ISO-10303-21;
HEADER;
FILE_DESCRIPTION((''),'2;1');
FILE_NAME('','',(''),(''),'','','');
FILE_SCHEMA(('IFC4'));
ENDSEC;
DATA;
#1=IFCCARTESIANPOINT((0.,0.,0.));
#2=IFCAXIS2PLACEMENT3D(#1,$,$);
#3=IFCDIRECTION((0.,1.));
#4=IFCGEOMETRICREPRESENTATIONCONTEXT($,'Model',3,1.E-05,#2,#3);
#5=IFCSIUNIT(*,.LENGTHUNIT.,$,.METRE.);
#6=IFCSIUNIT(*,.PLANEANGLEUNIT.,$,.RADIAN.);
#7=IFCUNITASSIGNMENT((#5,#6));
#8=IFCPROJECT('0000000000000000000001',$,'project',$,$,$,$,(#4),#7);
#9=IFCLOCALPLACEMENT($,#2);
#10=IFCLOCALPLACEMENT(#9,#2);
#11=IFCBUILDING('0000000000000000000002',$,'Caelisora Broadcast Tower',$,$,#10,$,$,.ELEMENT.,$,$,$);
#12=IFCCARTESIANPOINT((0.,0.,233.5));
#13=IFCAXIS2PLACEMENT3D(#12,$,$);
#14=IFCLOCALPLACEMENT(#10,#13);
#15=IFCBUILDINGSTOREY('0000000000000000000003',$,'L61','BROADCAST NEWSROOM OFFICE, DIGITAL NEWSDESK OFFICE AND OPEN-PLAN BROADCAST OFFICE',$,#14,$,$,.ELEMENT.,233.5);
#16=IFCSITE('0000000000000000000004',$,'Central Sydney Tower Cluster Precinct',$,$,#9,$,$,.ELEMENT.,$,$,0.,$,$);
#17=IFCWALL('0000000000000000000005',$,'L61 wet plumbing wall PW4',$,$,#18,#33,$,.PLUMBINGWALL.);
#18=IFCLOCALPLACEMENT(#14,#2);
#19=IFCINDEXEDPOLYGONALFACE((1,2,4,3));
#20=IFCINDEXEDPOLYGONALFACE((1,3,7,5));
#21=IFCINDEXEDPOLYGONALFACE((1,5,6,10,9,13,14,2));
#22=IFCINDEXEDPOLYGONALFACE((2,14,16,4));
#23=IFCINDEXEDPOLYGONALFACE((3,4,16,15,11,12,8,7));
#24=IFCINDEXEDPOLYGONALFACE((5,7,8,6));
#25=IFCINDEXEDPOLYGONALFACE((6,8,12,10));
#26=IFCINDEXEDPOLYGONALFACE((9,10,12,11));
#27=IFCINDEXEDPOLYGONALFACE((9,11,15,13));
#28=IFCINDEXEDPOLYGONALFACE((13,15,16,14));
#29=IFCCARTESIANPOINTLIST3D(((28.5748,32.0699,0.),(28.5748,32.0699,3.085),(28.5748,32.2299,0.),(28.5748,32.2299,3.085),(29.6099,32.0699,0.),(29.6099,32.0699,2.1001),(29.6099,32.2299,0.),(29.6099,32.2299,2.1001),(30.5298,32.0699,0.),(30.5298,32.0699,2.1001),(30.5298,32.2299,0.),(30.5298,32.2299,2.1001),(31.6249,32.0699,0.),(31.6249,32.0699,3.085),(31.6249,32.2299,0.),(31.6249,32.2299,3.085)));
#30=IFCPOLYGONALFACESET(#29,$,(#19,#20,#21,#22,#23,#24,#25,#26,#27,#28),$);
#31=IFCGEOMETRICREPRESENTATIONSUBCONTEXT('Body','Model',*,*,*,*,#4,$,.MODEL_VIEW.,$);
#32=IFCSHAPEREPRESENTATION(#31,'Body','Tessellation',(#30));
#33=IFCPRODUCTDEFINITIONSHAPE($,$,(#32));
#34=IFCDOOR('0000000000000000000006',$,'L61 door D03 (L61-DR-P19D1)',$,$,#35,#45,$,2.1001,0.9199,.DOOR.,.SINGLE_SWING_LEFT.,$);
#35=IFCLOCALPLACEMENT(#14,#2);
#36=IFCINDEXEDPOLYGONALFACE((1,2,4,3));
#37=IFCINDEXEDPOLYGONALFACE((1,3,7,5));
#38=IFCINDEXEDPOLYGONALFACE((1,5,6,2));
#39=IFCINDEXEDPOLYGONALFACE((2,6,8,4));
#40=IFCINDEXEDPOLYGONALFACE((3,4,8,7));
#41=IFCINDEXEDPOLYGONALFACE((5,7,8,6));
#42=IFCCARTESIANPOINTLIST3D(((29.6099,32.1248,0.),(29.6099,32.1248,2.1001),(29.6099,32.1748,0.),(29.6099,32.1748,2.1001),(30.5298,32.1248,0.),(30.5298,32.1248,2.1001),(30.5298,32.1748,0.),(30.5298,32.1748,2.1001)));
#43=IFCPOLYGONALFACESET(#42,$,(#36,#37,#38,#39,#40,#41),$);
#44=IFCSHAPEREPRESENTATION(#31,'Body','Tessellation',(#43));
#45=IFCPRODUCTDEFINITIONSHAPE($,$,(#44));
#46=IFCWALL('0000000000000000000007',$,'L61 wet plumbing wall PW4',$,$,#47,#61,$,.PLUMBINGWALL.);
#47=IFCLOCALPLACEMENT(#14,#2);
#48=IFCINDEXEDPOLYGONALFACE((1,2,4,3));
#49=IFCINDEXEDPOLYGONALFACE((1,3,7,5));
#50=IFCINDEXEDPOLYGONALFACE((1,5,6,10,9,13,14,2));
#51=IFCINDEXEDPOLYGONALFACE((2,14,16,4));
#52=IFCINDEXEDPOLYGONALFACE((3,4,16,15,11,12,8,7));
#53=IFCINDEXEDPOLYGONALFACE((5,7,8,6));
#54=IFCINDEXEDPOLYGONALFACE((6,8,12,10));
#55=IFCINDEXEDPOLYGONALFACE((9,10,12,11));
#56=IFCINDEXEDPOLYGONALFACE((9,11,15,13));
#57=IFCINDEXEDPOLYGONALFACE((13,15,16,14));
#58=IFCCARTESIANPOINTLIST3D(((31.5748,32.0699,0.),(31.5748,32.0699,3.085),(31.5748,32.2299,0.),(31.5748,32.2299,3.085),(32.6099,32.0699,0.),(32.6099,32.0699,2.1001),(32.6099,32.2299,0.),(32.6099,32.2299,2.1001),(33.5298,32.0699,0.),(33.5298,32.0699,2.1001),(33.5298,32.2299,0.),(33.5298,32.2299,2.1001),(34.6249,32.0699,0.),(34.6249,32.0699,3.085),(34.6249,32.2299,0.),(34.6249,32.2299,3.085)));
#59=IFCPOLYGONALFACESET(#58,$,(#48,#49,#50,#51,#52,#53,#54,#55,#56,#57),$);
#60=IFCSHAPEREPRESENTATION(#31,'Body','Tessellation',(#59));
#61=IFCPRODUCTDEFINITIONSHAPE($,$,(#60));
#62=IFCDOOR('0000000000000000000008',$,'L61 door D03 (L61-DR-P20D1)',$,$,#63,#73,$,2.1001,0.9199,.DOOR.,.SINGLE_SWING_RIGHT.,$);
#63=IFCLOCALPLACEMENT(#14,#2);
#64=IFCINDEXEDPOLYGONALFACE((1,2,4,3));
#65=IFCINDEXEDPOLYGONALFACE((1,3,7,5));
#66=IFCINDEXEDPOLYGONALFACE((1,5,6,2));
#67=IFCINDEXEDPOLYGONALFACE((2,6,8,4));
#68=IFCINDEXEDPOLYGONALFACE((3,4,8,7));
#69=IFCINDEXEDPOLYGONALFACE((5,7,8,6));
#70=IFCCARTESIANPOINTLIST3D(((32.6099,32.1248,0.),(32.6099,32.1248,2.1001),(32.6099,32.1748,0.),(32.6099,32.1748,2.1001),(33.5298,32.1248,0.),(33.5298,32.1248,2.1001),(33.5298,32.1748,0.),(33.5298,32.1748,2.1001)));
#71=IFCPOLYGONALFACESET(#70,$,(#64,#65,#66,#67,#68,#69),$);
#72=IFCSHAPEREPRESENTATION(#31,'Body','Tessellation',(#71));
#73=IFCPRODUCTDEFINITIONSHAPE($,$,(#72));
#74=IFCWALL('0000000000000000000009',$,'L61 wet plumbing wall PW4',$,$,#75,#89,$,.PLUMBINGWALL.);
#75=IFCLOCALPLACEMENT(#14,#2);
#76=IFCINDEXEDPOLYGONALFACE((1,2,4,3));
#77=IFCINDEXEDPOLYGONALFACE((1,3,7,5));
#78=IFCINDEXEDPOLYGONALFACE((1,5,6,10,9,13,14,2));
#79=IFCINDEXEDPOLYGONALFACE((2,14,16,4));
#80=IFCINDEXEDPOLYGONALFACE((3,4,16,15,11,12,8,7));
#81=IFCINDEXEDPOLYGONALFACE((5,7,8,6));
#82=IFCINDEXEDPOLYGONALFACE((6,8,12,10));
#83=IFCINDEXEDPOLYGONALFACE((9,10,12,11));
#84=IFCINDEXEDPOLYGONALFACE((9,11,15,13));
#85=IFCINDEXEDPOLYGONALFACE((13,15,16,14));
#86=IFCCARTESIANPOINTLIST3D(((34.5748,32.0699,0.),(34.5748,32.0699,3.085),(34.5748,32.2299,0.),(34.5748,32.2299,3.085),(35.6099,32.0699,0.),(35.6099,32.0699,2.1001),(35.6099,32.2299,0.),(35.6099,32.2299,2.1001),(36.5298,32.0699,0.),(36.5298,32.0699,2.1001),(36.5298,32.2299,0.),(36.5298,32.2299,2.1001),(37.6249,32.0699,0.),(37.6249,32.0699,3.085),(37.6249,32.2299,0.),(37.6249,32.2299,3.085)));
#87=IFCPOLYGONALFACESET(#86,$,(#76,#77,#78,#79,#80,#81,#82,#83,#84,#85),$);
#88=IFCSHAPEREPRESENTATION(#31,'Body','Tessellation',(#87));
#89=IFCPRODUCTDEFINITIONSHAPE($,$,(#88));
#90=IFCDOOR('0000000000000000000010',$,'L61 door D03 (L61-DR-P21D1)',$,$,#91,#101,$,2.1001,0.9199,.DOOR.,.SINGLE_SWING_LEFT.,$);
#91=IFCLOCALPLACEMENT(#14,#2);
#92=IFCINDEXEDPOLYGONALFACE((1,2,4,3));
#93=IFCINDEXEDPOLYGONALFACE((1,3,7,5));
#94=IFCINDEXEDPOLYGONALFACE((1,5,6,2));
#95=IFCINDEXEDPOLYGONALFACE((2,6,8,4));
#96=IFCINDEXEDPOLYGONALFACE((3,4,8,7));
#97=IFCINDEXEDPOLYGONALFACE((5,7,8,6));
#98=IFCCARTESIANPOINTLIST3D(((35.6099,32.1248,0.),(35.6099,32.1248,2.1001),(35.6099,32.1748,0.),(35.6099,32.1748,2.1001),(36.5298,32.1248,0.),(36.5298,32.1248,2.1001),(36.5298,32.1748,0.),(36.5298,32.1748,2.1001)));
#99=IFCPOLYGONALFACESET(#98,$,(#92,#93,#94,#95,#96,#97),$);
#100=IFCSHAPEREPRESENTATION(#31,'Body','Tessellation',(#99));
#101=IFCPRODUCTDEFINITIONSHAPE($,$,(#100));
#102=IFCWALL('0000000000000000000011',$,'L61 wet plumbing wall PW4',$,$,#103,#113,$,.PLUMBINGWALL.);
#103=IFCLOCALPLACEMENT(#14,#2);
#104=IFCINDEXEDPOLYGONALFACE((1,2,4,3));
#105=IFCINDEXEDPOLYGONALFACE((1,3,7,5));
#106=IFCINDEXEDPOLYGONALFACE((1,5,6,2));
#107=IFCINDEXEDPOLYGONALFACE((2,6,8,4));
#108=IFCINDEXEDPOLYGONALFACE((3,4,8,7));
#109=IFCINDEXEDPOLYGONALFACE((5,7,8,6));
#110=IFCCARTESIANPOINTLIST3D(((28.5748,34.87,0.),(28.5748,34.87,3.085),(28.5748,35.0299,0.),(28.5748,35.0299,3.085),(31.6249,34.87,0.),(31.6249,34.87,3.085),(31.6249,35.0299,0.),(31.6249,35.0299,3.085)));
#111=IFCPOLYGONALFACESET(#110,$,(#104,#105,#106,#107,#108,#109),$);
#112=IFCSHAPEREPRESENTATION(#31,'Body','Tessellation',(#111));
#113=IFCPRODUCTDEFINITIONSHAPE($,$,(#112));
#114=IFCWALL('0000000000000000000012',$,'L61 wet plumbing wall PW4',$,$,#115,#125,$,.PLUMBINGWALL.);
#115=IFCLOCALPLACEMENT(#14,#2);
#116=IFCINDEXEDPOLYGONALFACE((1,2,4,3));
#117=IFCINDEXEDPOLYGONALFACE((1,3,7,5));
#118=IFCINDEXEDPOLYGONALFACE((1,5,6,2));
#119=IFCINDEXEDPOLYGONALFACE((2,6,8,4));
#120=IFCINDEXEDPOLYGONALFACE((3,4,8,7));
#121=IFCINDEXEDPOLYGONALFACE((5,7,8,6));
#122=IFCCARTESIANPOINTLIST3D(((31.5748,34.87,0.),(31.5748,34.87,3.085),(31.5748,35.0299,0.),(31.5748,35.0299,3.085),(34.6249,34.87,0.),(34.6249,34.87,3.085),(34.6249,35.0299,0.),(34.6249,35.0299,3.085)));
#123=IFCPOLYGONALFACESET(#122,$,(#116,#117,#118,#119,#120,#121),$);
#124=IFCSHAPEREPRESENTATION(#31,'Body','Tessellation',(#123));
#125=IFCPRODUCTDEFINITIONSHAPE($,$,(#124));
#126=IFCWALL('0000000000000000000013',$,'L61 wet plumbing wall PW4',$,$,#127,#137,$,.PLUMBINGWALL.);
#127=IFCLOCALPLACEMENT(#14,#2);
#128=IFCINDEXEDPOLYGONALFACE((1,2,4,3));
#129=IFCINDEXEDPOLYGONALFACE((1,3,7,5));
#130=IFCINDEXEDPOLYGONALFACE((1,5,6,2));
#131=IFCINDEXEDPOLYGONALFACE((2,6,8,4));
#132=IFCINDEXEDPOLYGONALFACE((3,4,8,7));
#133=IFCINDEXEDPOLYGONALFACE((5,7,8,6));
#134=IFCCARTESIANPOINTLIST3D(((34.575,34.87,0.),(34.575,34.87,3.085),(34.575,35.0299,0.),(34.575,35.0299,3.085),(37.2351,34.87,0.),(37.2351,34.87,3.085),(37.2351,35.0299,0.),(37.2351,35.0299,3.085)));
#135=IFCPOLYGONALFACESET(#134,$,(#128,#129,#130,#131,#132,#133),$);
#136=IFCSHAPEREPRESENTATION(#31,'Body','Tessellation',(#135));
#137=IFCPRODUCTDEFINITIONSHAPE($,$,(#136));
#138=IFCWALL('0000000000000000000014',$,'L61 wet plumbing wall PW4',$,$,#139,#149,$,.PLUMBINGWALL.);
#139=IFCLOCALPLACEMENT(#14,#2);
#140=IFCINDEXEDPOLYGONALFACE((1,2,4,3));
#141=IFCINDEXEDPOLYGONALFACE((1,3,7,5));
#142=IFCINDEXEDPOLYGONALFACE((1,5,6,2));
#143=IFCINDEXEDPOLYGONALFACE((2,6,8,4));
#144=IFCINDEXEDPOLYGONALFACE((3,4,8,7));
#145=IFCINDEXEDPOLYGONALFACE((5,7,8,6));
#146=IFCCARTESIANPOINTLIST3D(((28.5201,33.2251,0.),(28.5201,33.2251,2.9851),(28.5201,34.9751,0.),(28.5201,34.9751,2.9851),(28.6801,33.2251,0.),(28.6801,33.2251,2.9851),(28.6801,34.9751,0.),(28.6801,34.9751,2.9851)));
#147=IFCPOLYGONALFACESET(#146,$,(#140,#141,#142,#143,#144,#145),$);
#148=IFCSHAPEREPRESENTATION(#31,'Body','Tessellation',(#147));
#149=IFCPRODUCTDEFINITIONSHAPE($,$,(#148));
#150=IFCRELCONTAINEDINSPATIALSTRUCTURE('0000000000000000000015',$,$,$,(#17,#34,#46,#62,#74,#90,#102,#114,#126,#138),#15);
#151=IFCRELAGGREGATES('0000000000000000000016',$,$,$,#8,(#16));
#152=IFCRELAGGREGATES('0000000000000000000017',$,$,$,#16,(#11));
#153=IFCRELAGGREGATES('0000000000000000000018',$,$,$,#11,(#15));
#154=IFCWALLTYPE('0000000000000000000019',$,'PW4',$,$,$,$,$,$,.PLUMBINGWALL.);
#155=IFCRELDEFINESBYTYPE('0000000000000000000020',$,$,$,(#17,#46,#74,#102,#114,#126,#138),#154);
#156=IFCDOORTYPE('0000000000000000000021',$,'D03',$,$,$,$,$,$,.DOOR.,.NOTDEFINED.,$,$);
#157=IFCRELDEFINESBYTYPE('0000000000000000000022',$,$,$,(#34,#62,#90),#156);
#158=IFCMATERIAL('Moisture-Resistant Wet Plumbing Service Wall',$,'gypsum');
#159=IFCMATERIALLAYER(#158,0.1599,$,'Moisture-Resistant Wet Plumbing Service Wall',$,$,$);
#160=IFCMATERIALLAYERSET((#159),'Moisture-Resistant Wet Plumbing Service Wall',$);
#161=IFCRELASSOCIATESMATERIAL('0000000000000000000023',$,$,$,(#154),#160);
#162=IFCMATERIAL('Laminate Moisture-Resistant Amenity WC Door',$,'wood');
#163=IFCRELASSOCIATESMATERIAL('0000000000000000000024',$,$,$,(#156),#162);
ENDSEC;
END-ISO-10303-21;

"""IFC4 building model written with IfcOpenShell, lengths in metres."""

from ifc_helpers import new_model, si_unit, direction, frame, frame_2d, origin, place, context, subcontext, project, spatial, rectangle, extrude, material, layer, layer_set, type_object, element, fill, save


model = new_model("IFC4")

# Units and contexts
model_context = context("Model", 3, precision=1e-05, world=origin(), true_north=direction((0.0, 1.0)))
body_context = subcontext(model_context, "Body", "Model", "MODEL_VIEW")
ifc_project = project(units=[si_unit("LENGTHUNIT", "METRE"), si_unit("PLANEANGLEUNIT", "RADIAN")], contexts=[model_context])

# Site, building, storey
site_placement = place(None, origin())
site = spatial("IfcSite", under=ifc_project, at=site_placement, Name="Central Sydney Tower Cluster Precinct", CompositionType="ELEMENT", RefElevation=0.0)
building_placement = place(site_placement, origin())
building = spatial("IfcBuilding", under=site, at=building_placement, Name="Caelisora Broadcast Tower", CompositionType="ELEMENT")
storey_placement = place(building_placement, frame((0.0, 0.0, 233.5)))
storey = spatial("IfcBuildingStorey", under=building, at=storey_placement, Name="L61", Description="BROADCAST NEWSROOM OFFICE, DIGITAL NEWSDESK OFFICE AND OPEN-PLAN BROADCAST OFFICE", CompositionType="ELEMENT", Elevation=233.5)

# Walls, openings, doors
ifc_material_1 = material(Name="Moisture-Resistant Wet Plumbing Service Wall", Category="gypsum")
ifc_layer_1 = layer(ifc_material_1, 0.1599, Name="Moisture-Resistant Wet Plumbing Service Wall")
ifc_layer_set_1 = layer_set([ifc_layer_1], Name="Moisture-Resistant Wet Plumbing Service Wall")
wall_type_1 = type_object("IfcWallType", Name="PW4", PredefinedType="PLUMBINGWALL", material=ifc_layer_set_1)
wall_1_placement = place(storey_placement, frame((28.575, 32.1499, 0.0), z_axis=(0.0, 0.0, 1.0), x_axis=(1.0, 0.0, 0.0)))
wall_1 = element("IfcWall", 1, at=wall_1_placement, inside=storey, type_object=wall_type_1, Name="L61 wet plumbing wall PW4", PredefinedType="PLUMBINGWALL", context=body_context, shape_type="SweptSolid", body=[
    extrude(rectangle(XDim=3.05, YDim=0.1599, at=frame_2d((1.5249, 0.0))), origin(), (0.0, 0.0, 1.0), 3.085),
])
opening_1_placement = place(wall_1_placement, frame((1.0349, 0.0, 0.0)))
opening_1 = element("IfcOpeningElement", 2, at=opening_1_placement, cuts=wall_1, PredefinedType="OPENING", context=body_context, shape_type="SweptSolid", body=[
    extrude(rectangle(XDim=0.9199, YDim=2.1001, at=frame_2d((0.46, 1.05))), frame((0.0, 0.092, 0.0), z_axis=(0.0, -1.0, 0.0), x_axis=(1.0, 0.0, 0.0)), (0.0, 0.0, 1.0), 0.1838),
])
ifc_material_2 = material(Name="Laminate Moisture-Resistant Amenity WC Door", Category="wood")
door_type_1 = type_object("IfcDoorType", Name="D03", OperationType="NOTDEFINED", PredefinedType="DOOR", material=ifc_material_2)
door_1_placement = place(opening_1_placement, origin())
door_1 = element("IfcDoor", 3, at=door_1_placement, inside=storey, type_object=door_type_1, Name="L61 door D03 (L61-DR-P19D1)", OperationType="SINGLE_SWING_LEFT", OverallHeight=2.1001, OverallWidth=0.9199, PredefinedType="DOOR", context=body_context, shape_type="SweptSolid", body=[
    extrude(rectangle(XDim=0.9199, YDim=2.1001, at=frame_2d((0.46, 1.05))), frame((0.0, 0.0249, 0.0), z_axis=(0.0, -1.0, 0.0), x_axis=(1.0, 0.0, 0.0)), (0.0, 0.0, 1.0), 0.05),
])
fill(opening_1, door_1)
wall_2_placement = place(storey_placement, frame((31.575, 32.1499, 0.0), z_axis=(0.0, 0.0, 1.0), x_axis=(1.0, 0.0, 0.0)))
wall_2 = element("IfcWall", 4, at=wall_2_placement, inside=storey, type_object=wall_type_1, Name="L61 wet plumbing wall PW4", PredefinedType="PLUMBINGWALL", context=body_context, shape_type="SweptSolid", body=[
    extrude(rectangle(XDim=3.05, YDim=0.1599, at=frame_2d((1.5249, 0.0))), origin(), (0.0, 0.0, 1.0), 3.085),
])
opening_2_placement = place(wall_2_placement, frame((1.0349, 0.0, 0.0)))
opening_2 = element("IfcOpeningElement", 5, at=opening_2_placement, cuts=wall_2, PredefinedType="OPENING", context=body_context, shape_type="SweptSolid", body=[
    extrude(rectangle(XDim=0.9199, YDim=2.1001, at=frame_2d((0.46, 1.05))), frame((0.0, 0.092, 0.0), z_axis=(0.0, -1.0, 0.0), x_axis=(1.0, 0.0, 0.0)), (0.0, 0.0, 1.0), 0.1838),
])
door_2_placement = place(opening_2_placement, origin())
door_2 = element("IfcDoor", 6, at=door_2_placement, inside=storey, type_object=door_type_1, Name="L61 door D03 (L61-DR-P20D1)", OperationType="SINGLE_SWING_RIGHT", OverallHeight=2.1001, OverallWidth=0.9199, PredefinedType="DOOR", context=body_context, shape_type="SweptSolid", body=[
    extrude(rectangle(XDim=0.9199, YDim=2.1001, at=frame_2d((0.46, 1.05))), frame((0.0, 0.0249, 0.0), z_axis=(0.0, -1.0, 0.0), x_axis=(1.0, 0.0, 0.0)), (0.0, 0.0, 1.0), 0.05),
])
fill(opening_2, door_2)
wall_3_placement = place(storey_placement, frame((34.575, 32.1499, 0.0), z_axis=(0.0, 0.0, 1.0), x_axis=(1.0, 0.0, 0.0)))
wall_3 = element("IfcWall", 7, at=wall_3_placement, inside=storey, type_object=wall_type_1, Name="L61 wet plumbing wall PW4", PredefinedType="PLUMBINGWALL", context=body_context, shape_type="SweptSolid", body=[
    extrude(rectangle(XDim=3.05, YDim=0.1599, at=frame_2d((1.5249, 0.0))), origin(), (0.0, 0.0, 1.0), 3.085),
])
opening_3_placement = place(wall_3_placement, frame((1.0349, 0.0, 0.0)))
opening_3 = element("IfcOpeningElement", 8, at=opening_3_placement, cuts=wall_3, PredefinedType="OPENING", context=body_context, shape_type="SweptSolid", body=[
    extrude(rectangle(XDim=0.9199, YDim=2.1001, at=frame_2d((0.46, 1.05))), frame((0.0, 0.092, 0.0), z_axis=(0.0, -1.0, 0.0), x_axis=(1.0, 0.0, 0.0)), (0.0, 0.0, 1.0), 0.1838),
])
door_3_placement = place(opening_3_placement, origin())
door_3 = element("IfcDoor", 9, at=door_3_placement, inside=storey, type_object=door_type_1, Name="L61 door D03 (L61-DR-P21D1)", OperationType="SINGLE_SWING_LEFT", OverallHeight=2.1001, OverallWidth=0.9199, PredefinedType="DOOR", context=body_context, shape_type="SweptSolid", body=[
    extrude(rectangle(XDim=0.9199, YDim=2.1001, at=frame_2d((0.46, 1.05))), frame((0.0, 0.0249, 0.0), z_axis=(0.0, -1.0, 0.0), x_axis=(1.0, 0.0, 0.0)), (0.0, 0.0, 1.0), 0.05),
])
fill(opening_3, door_3)

# Walls
for number, where, z_axis, x_axis, name in (
    (10, (28.575, 34.95, 0.0), (0.0, 0.0, 1.0), (1.0, 0.0, 0.0), "L61 wet plumbing wall PW4"),
    (11, (31.575, 34.95, 0.0), (0.0, 0.0, 1.0), (1.0, 0.0, 0.0), "L61 wet plumbing wall PW4"),
):
    element("IfcWall", number, at=place(storey_placement, frame(where, z_axis=z_axis, x_axis=x_axis)), inside=storey, type_object=wall_type_1, Name=name, PredefinedType="PLUMBINGWALL", context=body_context, shape_type="SweptSolid", body=[
        extrude(rectangle(XDim=3.05, YDim=0.1599, at=frame_2d((1.5249, 0.0))), origin(), (0.0, 0.0, 1.0), 3.085),
    ])
wall_4_placement = place(storey_placement, frame((34.575, 34.95, 0.0), z_axis=(0.0, 0.0, 1.0), x_axis=(1.0, 0.0, 0.0)))
element("IfcWall", 12, at=wall_4_placement, inside=storey, type_object=wall_type_1, Name="L61 wet plumbing wall PW4", PredefinedType="PLUMBINGWALL", context=body_context, shape_type="SweptSolid", body=[
    extrude(rectangle(XDim=2.6602, YDim=0.1599, at=frame_2d((1.3301, 0.0))), origin(), (0.0, 0.0, 1.0), 3.085),
])
wall_5_placement = place(storey_placement, frame((28.6001, 33.2251, 0.0), z_axis=(0.0, 0.0, 1.0), x_axis=(0.0, 1.0, 0.0)))
element("IfcWall", 13, at=wall_5_placement, inside=storey, type_object=wall_type_1, Name="L61 wet plumbing wall PW4", PredefinedType="PLUMBINGWALL", context=body_context, shape_type="SweptSolid", body=[
    extrude(rectangle(XDim=1.75, YDim=0.1599, at=frame_2d((0.875, 0.0))), origin(), (0.0, 0.0, 1.0), 2.9851),
])

save(model, "model.ifc")
